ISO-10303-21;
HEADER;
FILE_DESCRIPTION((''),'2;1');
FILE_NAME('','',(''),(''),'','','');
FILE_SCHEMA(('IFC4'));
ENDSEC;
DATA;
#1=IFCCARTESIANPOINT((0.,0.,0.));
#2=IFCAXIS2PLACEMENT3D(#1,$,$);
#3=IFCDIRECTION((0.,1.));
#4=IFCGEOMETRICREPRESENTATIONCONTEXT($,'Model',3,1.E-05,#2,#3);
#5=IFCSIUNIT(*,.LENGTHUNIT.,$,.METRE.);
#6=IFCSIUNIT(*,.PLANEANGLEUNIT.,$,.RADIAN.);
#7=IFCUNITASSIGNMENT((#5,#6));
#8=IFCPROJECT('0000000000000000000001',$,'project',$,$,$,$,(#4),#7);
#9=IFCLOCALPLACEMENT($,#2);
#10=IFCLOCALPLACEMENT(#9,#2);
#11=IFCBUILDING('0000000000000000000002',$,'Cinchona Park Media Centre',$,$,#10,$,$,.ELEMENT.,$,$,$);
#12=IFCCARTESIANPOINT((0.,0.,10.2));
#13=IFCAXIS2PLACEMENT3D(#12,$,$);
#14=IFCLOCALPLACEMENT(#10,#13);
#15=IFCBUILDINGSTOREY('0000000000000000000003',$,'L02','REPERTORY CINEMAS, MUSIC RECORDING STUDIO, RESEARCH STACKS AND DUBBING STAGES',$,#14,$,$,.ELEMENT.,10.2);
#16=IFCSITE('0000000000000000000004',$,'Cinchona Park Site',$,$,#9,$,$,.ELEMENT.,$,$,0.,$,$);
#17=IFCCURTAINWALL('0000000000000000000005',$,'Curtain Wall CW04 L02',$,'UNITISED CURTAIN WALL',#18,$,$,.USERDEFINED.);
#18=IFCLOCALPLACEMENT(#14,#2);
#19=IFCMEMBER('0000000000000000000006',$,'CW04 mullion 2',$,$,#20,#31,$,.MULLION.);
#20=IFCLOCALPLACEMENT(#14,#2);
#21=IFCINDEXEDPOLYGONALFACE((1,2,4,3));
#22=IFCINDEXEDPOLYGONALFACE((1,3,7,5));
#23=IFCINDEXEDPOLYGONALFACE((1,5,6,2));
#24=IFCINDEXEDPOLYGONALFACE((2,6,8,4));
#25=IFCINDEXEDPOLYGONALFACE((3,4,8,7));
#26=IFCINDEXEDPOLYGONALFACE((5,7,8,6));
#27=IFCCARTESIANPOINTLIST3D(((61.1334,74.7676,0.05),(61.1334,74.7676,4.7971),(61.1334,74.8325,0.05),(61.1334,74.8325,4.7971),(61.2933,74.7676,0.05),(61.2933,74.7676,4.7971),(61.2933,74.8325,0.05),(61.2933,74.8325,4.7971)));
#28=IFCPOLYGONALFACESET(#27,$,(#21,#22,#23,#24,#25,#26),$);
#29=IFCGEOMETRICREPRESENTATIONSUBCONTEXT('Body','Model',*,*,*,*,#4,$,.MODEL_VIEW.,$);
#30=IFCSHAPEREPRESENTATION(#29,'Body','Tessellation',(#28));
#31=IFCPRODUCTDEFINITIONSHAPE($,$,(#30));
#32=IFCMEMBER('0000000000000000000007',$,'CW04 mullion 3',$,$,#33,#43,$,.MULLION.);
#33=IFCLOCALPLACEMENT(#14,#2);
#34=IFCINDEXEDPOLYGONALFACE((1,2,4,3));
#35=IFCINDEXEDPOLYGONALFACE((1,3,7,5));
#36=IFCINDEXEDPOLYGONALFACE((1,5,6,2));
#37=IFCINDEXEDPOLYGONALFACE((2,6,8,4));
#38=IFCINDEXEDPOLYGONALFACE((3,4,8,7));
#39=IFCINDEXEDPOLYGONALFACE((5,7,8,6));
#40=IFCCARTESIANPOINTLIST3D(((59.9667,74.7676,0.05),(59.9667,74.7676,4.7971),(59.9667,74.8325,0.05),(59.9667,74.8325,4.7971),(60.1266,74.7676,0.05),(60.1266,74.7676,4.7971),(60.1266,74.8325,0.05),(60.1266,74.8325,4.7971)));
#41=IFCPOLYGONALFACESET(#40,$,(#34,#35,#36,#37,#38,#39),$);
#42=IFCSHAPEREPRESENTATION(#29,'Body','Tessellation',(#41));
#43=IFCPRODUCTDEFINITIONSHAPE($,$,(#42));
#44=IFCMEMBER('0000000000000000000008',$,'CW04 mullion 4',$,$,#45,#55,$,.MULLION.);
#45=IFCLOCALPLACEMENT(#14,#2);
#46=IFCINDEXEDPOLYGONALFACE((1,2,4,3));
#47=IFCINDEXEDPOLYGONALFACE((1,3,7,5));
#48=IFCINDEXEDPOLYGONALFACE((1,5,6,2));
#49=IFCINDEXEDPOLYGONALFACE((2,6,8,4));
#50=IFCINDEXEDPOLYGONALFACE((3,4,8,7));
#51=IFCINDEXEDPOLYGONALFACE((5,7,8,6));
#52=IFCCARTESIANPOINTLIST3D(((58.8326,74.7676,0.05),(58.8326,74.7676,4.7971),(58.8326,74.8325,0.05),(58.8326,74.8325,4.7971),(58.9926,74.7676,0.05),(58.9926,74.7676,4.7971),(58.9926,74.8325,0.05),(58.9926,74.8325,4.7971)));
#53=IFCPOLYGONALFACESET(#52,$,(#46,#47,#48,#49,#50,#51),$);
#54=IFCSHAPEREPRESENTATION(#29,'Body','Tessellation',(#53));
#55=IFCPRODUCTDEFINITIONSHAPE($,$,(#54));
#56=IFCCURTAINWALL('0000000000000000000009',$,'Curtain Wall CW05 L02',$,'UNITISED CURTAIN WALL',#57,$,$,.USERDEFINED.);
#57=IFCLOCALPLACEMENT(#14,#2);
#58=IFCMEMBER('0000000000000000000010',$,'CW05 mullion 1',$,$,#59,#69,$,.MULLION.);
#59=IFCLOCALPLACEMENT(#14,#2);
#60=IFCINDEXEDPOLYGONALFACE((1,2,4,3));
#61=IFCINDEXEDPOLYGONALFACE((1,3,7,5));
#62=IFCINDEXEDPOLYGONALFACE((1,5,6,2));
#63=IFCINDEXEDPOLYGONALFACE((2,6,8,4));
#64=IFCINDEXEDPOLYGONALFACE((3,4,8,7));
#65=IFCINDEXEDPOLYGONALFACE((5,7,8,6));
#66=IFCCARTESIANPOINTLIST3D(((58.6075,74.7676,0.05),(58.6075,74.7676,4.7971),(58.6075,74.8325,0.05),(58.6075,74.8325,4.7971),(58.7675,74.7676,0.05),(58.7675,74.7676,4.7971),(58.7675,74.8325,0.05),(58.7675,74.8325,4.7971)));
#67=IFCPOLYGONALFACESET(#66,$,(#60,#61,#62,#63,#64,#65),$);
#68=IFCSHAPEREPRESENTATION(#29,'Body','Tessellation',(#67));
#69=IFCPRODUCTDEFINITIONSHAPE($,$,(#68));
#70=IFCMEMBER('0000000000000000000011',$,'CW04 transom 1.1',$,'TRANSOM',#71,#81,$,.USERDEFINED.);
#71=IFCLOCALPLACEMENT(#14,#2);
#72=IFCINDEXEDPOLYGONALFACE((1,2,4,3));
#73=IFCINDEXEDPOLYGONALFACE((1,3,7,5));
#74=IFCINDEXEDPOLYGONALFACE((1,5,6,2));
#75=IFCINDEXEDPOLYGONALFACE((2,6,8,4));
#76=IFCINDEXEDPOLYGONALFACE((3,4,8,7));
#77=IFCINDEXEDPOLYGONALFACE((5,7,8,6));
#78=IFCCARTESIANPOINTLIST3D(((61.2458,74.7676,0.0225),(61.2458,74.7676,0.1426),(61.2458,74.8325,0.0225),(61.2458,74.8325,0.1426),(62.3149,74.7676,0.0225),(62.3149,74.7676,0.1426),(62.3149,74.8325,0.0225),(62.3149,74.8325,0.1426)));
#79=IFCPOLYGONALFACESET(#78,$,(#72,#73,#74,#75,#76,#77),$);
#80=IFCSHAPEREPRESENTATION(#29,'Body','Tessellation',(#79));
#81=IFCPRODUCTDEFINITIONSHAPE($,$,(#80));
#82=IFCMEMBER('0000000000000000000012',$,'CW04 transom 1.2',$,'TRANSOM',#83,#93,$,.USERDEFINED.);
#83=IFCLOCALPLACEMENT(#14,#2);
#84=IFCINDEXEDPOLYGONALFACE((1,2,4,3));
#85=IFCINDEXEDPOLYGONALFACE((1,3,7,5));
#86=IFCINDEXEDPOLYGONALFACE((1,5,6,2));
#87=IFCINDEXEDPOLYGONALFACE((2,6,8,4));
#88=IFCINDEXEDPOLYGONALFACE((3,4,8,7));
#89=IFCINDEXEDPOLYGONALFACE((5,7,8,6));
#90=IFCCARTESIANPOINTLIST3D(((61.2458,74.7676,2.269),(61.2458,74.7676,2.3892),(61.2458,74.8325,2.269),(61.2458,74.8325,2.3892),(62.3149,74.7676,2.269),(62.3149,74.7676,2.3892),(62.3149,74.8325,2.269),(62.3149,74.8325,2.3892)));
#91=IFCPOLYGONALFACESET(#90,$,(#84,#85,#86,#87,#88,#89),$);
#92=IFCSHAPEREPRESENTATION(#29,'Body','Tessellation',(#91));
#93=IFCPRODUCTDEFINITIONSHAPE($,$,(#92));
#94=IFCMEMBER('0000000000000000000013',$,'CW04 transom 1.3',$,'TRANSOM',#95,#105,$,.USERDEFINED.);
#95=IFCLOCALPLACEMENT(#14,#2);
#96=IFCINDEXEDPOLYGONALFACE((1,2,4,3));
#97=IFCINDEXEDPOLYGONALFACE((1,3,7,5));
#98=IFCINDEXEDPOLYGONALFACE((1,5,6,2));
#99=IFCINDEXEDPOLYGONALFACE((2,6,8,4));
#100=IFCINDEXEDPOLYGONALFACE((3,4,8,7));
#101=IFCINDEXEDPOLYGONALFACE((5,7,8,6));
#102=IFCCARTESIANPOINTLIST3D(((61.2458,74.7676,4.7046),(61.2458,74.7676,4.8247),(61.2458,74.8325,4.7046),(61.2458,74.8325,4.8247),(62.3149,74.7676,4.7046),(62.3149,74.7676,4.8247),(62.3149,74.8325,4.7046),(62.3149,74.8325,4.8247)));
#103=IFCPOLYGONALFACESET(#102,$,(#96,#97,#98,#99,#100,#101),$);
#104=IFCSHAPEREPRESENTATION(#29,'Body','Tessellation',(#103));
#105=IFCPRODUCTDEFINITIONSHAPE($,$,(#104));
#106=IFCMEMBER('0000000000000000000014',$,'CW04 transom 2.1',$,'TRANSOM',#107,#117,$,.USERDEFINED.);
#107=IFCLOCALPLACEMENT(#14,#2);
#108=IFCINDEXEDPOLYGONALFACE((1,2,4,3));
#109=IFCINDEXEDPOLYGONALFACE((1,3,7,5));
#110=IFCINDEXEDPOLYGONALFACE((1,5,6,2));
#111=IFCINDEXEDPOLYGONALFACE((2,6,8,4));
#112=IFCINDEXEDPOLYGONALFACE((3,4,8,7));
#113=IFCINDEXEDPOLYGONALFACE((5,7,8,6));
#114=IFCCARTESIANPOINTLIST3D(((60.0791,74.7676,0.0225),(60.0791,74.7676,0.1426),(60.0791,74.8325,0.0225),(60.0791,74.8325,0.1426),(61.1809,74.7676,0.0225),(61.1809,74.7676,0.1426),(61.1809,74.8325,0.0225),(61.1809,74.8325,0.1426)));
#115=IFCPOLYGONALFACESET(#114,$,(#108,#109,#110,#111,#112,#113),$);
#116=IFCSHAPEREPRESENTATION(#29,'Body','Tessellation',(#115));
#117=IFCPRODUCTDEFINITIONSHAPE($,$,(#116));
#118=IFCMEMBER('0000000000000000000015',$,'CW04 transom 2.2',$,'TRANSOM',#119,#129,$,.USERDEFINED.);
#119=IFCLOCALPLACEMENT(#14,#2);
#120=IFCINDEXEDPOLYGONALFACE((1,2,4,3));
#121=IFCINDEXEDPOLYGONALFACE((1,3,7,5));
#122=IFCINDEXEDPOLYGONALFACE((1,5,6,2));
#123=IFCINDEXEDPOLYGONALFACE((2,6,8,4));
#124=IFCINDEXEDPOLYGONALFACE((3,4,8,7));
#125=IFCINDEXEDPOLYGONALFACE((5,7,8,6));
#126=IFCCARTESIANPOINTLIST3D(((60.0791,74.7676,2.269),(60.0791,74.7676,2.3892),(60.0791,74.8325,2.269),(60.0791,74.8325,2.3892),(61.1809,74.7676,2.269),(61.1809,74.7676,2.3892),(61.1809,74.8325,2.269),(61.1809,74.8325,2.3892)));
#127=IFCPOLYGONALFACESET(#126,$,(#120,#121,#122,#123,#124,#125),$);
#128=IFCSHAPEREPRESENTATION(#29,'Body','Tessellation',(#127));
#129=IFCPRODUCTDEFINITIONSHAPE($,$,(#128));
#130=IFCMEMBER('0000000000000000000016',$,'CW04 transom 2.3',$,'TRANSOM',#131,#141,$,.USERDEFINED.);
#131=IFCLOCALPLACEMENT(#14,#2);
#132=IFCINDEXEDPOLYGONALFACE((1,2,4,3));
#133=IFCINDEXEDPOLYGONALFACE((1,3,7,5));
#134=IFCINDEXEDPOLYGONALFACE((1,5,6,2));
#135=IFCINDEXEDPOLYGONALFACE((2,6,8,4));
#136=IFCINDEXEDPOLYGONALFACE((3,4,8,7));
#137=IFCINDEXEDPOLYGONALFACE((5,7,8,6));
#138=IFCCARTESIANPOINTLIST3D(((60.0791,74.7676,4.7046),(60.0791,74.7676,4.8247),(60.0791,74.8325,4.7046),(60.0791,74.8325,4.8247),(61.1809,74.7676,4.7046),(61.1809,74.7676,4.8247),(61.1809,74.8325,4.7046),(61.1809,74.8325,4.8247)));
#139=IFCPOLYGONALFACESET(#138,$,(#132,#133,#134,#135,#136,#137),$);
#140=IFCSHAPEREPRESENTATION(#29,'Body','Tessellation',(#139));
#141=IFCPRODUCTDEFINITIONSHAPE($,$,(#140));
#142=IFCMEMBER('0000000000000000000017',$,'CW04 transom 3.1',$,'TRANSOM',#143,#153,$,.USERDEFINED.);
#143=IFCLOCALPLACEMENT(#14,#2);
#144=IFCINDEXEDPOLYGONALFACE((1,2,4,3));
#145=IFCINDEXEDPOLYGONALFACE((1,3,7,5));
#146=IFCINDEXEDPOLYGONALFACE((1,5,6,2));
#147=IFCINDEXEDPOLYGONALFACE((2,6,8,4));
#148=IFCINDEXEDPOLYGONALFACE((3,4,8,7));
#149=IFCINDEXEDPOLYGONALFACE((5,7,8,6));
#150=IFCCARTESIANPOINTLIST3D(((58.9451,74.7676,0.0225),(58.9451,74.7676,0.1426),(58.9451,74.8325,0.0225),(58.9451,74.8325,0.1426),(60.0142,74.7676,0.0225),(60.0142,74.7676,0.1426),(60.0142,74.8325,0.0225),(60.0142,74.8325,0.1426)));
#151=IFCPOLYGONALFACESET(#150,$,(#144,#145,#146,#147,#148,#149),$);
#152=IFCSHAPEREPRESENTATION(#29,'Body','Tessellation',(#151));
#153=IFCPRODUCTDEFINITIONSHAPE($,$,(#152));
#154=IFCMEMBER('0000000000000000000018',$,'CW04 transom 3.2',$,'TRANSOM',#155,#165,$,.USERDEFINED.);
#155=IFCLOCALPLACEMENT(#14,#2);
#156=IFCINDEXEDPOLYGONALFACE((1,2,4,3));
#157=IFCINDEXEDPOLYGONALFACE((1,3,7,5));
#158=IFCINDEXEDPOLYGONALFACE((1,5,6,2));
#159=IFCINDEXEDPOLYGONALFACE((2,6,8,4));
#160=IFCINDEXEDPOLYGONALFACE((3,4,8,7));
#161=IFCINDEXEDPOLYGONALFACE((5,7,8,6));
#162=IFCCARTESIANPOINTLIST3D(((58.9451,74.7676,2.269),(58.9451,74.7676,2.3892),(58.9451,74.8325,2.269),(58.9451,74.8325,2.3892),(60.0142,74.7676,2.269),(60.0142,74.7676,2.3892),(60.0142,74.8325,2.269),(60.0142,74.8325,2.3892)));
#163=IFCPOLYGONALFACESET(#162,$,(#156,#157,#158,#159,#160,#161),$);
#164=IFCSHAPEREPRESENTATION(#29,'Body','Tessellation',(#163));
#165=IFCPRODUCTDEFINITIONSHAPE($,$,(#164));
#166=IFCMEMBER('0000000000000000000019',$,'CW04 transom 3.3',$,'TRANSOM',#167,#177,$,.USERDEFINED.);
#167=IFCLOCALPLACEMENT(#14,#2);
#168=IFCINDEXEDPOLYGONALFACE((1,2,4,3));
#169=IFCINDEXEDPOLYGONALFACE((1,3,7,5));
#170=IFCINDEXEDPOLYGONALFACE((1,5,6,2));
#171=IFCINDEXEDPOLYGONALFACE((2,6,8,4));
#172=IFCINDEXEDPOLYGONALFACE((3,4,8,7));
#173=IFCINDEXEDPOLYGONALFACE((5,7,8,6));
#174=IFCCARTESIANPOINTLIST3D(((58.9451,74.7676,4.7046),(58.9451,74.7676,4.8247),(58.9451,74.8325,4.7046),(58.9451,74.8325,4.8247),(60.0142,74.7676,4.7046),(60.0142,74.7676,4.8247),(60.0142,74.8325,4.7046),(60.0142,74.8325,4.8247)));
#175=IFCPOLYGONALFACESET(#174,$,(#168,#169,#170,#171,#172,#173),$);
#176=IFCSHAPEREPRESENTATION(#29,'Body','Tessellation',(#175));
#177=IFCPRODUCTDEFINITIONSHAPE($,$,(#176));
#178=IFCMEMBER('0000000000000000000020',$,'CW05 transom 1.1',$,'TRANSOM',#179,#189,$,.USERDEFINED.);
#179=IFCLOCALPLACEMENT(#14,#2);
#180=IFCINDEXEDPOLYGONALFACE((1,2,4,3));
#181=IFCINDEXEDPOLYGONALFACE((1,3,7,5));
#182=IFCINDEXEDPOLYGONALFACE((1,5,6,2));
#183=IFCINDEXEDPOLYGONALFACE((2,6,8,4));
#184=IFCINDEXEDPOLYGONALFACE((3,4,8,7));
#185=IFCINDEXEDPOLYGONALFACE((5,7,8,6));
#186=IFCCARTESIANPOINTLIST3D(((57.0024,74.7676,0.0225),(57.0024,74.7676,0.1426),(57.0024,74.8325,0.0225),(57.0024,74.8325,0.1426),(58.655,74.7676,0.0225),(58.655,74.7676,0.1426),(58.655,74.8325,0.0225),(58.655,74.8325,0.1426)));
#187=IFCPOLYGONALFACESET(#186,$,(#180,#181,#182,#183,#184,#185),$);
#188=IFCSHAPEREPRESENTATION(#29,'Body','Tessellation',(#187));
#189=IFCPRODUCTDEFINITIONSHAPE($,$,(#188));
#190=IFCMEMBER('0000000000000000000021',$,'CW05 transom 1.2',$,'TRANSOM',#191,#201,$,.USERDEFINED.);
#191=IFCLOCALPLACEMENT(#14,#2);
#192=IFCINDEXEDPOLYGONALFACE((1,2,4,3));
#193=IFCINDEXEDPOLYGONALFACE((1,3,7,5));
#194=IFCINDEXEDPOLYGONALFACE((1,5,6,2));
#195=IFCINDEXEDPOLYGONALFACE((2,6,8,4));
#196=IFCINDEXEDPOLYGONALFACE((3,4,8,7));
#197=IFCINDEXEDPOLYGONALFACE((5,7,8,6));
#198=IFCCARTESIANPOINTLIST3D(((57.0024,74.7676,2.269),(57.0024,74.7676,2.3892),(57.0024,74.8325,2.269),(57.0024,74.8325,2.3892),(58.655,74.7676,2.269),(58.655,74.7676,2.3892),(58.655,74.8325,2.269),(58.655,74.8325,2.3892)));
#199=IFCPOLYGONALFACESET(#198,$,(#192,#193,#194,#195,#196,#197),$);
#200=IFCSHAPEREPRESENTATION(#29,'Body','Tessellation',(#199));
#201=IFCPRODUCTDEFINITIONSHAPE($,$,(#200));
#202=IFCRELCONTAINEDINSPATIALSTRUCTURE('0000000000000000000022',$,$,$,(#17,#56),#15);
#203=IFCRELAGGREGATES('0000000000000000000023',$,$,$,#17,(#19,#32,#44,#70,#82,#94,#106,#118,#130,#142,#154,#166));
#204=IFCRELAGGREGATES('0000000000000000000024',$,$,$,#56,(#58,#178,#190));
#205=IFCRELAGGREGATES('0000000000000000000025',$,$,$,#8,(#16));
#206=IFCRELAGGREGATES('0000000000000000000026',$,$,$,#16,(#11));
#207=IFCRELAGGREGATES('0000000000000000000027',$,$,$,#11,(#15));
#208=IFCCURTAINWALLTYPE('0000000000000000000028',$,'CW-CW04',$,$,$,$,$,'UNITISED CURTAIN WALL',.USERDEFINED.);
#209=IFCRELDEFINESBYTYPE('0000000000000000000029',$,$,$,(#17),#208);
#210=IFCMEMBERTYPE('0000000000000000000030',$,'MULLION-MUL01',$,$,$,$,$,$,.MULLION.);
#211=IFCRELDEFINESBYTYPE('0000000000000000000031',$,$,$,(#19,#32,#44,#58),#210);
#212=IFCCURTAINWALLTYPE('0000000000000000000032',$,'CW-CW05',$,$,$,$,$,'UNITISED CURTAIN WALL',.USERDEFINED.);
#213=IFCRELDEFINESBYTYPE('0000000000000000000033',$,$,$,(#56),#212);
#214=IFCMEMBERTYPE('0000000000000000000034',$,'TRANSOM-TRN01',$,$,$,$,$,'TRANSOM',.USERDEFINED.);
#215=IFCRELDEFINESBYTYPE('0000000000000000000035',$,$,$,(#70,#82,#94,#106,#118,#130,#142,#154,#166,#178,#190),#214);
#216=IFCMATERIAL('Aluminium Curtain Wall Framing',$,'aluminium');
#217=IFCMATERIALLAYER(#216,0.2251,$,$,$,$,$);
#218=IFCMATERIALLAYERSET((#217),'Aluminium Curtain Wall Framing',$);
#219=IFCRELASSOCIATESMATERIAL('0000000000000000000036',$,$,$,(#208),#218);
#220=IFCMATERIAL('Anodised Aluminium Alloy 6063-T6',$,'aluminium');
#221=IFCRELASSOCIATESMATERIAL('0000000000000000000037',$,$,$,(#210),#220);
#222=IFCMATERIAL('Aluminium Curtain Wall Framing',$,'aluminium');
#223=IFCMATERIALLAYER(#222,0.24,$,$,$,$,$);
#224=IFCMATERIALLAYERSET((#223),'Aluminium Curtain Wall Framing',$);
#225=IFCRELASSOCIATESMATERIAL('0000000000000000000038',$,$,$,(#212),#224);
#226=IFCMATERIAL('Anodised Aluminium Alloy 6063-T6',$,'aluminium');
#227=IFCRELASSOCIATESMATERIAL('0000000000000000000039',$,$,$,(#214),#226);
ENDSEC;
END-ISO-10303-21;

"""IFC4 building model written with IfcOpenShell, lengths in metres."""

from ifc_helpers import new_model, si_unit, direction, frame, origin, origin_2d, place, context, subcontext, project, spatial, rectangle, extrude, material, layer, layer_set, material_profile, profile_set, type_object, element, aggregate, save


model = new_model("IFC4")

# Units and contexts
model_context = context("Model", 3, precision=1e-05, world=origin(), true_north=direction((0.0, 1.0)))
body_context = subcontext(model_context, "Body", "Model", "MODEL_VIEW")
ifc_project = project(units=[si_unit("LENGTHUNIT", "METRE"), si_unit("PLANEANGLEUNIT", "RADIAN")], contexts=[model_context])

# Site, building, storey
site_placement = place(None, origin())
site = spatial("IfcSite", under=ifc_project, at=site_placement, Name="Cinchona Park Site", CompositionType="ELEMENT", RefElevation=0.0)
building_placement = place(site_placement, origin())
building = spatial("IfcBuilding", under=site, at=building_placement, Name="Cinchona Park Media Centre", CompositionType="ELEMENT")
storey_placement = place(building_placement, frame((0.0, 0.0, 10.2)))
storey = spatial("IfcBuildingStorey", under=building, at=storey_placement, Name="L02", Description="REPERTORY CINEMAS, MUSIC RECORDING STUDIO, RESEARCH STACKS AND DUBBING STAGES", CompositionType="ELEMENT", Elevation=10.2)

# Curtain wall, members
ifc_material_1 = material(Name="Aluminium Curtain Wall Framing", Category="aluminium")
ifc_layer_1 = layer(ifc_material_1, 0.2251)
ifc_layer_set_1 = layer_set([ifc_layer_1], Name="Aluminium Curtain Wall Framing")
curtain_wall_type_1 = type_object("IfcCurtainWallType", Name="CW-CW04", ElementType="UNITISED CURTAIN WALL", PredefinedType="USERDEFINED", material=ifc_layer_set_1)
curtain_wall_1_placement = place(storey_placement, origin())
curtain_wall_1 = element("IfcCurtainWall", 1, at=curtain_wall_1_placement, inside=storey, type_object=curtain_wall_type_1, Name="Curtain Wall CW04 L02", ObjectType="UNITISED CURTAIN WALL", PredefinedType="USERDEFINED")
ifc_material_2 = material(Name="Anodised Aluminium Alloy 6063-T6", Category="aluminium")
ifc_material_profile_1 = material_profile(ifc_material_2, rectangle(XDim=0.0649, YDim=0.1599, at=origin_2d()), Name="MUL-65X160")
ifc_profile_set_1 = profile_set([ifc_material_profile_1], Name="Anodised Aluminium Alloy 6063-T6")
member_type_1 = type_object("IfcMemberType", Name="MULLION-MUL01", PredefinedType="MULLION", material=ifc_profile_set_1)
member_1_placement = place(storey_placement, frame((61.2134, 74.8, 0.05), z_axis=(0.0, 0.0, 1.0), x_axis=(0.0, -1.0, 0.0)))
member_1 = element("IfcMember", 2, at=member_1_placement, type_object=member_type_1, Name="CW04 mullion 2", PredefinedType="MULLION", context=body_context, shape_type="SweptSolid", body=[
    extrude(rectangle(XDim=0.0649, YDim=0.1599, at=origin_2d()), origin(), (0.0, 0.0, 1.0), 4.7471),
])
member_2_placement = place(storey_placement, frame((60.0466, 74.8, 0.05), z_axis=(0.0, 0.0, 1.0), x_axis=(0.0, -1.0, 0.0)))
member_2 = element("IfcMember", 3, at=member_2_placement, type_object=member_type_1, Name="CW04 mullion 3", PredefinedType="MULLION", context=body_context, shape_type="SweptSolid", body=[
    extrude(rectangle(XDim=0.0649, YDim=0.1599, at=origin_2d()), origin(), (0.0, 0.0, 1.0), 4.7471),
])
member_3_placement = place(storey_placement, frame((58.9126, 74.8, 0.05), z_axis=(0.0, 0.0, 1.0), x_axis=(0.0, -1.0, 0.0)))
member_3 = element("IfcMember", 4, at=member_3_placement, type_object=member_type_1, Name="CW04 mullion 4", PredefinedType="MULLION", context=body_context, shape_type="SweptSolid", body=[
    extrude(rectangle(XDim=0.0649, YDim=0.1599, at=origin_2d()), origin(), (0.0, 0.0, 1.0), 4.7471),
])

# Curtain wall, member
ifc_material_3 = material(Name="Aluminium Curtain Wall Framing", Category="aluminium")
ifc_layer_2 = layer(ifc_material_3, 0.24)
ifc_layer_set_2 = layer_set([ifc_layer_2], Name="Aluminium Curtain Wall Framing")
curtain_wall_type_2 = type_object("IfcCurtainWallType", Name="CW-CW05", ElementType="UNITISED CURTAIN WALL", PredefinedType="USERDEFINED", material=ifc_layer_set_2)
curtain_wall_2_placement = place(storey_placement, origin())
curtain_wall_2 = element("IfcCurtainWall", 5, at=curtain_wall_2_placement, inside=storey, type_object=curtain_wall_type_2, Name="Curtain Wall CW05 L02", ObjectType="UNITISED CURTAIN WALL", PredefinedType="USERDEFINED")
member_4_placement = place(storey_placement, frame((58.6875, 74.8, 0.05), z_axis=(0.0, 0.0, 1.0), x_axis=(0.0, -1.0, 0.0)))
member_4 = element("IfcMember", 6, at=member_4_placement, type_object=member_type_1, Name="CW05 mullion 1", PredefinedType="MULLION", context=body_context, shape_type="SweptSolid", body=[
    extrude(rectangle(XDim=0.0649, YDim=0.1599, at=origin_2d()), origin(), (0.0, 0.0, 1.0), 4.7471),
])

# Members
ifc_material_4 = material(Name="Anodised Aluminium Alloy 6063-T6", Category="aluminium")
ifc_material_profile_2 = material_profile(ifc_material_4, rectangle(XDim=0.0649, YDim=0.1201, at=origin_2d()), Name="TRN-65X120")
ifc_profile_set_2 = profile_set([ifc_material_profile_2], Name="Anodised Aluminium Alloy 6063-T6")
member_type_2 = type_object("IfcMemberType", Name="TRANSOM-TRN01", ElementType="TRANSOM", PredefinedType="USERDEFINED", material=ifc_profile_set_2)
member_5_placement = place(storey_placement, frame((62.3149, 74.8, 0.0825), z_axis=(-1.0, 0.0, 0.0), x_axis=(0.0, -1.0, 0.0)))
member_5 = element("IfcMember", 7, at=member_5_placement, type_object=member_type_2, Name="CW04 transom 1.1", ObjectType="TRANSOM", PredefinedType="USERDEFINED", context=body_context, shape_type="SweptSolid", body=[
    extrude(rectangle(XDim=0.0649, YDim=0.1201, at=origin_2d()), origin(), (0.0, 0.0, 1.0), 1.0691),
])
member_6_placement = place(storey_placement, frame((62.3149, 74.8, 2.3291), z_axis=(-1.0, 0.0, 0.0), x_axis=(0.0, -1.0, 0.0)))
member_6 = element("IfcMember", 8, at=member_6_placement, type_object=member_type_2, Name="CW04 transom 1.2", ObjectType="TRANSOM", PredefinedType="USERDEFINED", context=body_context, shape_type="SweptSolid", body=[
    extrude(rectangle(XDim=0.0649, YDim=0.1201, at=origin_2d()), origin(), (0.0, 0.0, 1.0), 1.0691),
])
member_7_placement = place(storey_placement, frame((62.3149, 74.8, 4.7646), z_axis=(-1.0, 0.0, 0.0), x_axis=(0.0, -1.0, 0.0)))
member_7 = element("IfcMember", 9, at=member_7_placement, type_object=member_type_2, Name="CW04 transom 1.3", ObjectType="TRANSOM", PredefinedType="USERDEFINED", context=body_context, shape_type="SweptSolid", body=[
    extrude(rectangle(XDim=0.0649, YDim=0.1201, at=origin_2d()), origin(), (0.0, 0.0, 1.0), 1.0691),
])
member_8_placement = place(storey_placement, frame((61.1809, 74.8, 0.0825), z_axis=(-1.0, 0.0, 0.0), x_axis=(0.0, -1.0, 0.0)))
member_8 = element("IfcMember", 10, at=member_8_placement, type_object=member_type_2, Name="CW04 transom 2.1", ObjectType="TRANSOM", PredefinedType="USERDEFINED", context=body_context, shape_type="SweptSolid", body=[
    extrude(rectangle(XDim=0.0649, YDim=0.1201, at=origin_2d()), origin(), (0.0, 0.0, 1.0), 1.1018),
])
member_9_placement = place(storey_placement, frame((61.1809, 74.8, 2.3291), z_axis=(-1.0, 0.0, 0.0), x_axis=(0.0, -1.0, 0.0)))
member_9 = element("IfcMember", 11, at=member_9_placement, type_object=member_type_2, Name="CW04 transom 2.2", ObjectType="TRANSOM", PredefinedType="USERDEFINED", context=body_context, shape_type="SweptSolid", body=[
    extrude(rectangle(XDim=0.0649, YDim=0.1201, at=origin_2d()), origin(), (0.0, 0.0, 1.0), 1.1018),
])
member_10_placement = place(storey_placement, frame((61.1809, 74.8, 4.7646), z_axis=(-1.0, 0.0, 0.0), x_axis=(0.0, -1.0, 0.0)))
member_10 = element("IfcMember", 12, at=member_10_placement, type_object=member_type_2, Name="CW04 transom 2.3", ObjectType="TRANSOM", PredefinedType="USERDEFINED", context=body_context, shape_type="SweptSolid", body=[
    extrude(rectangle(XDim=0.0649, YDim=0.1201, at=origin_2d()), origin(), (0.0, 0.0, 1.0), 1.1018),
])
member_11_placement = place(storey_placement, frame((60.0142, 74.8, 0.0825), z_axis=(-1.0, 0.0, 0.0), x_axis=(0.0, -1.0, 0.0)))
member_11 = element("IfcMember", 13, at=member_11_placement, type_object=member_type_2, Name="CW04 transom 3.1", ObjectType="TRANSOM", PredefinedType="USERDEFINED", context=body_context, shape_type="SweptSolid", body=[
    extrude(rectangle(XDim=0.0649, YDim=0.1201, at=origin_2d()), origin(), (0.0, 0.0, 1.0), 1.0691),
])
member_12_placement = place(storey_placement, frame((60.0142, 74.8, 2.3291), z_axis=(-1.0, 0.0, 0.0), x_axis=(0.0, -1.0, 0.0)))
member_12 = element("IfcMember", 14, at=member_12_placement, type_object=member_type_2, Name="CW04 transom 3.2", ObjectType="TRANSOM", PredefinedType="USERDEFINED", context=body_context, shape_type="SweptSolid", body=[
    extrude(rectangle(XDim=0.0649, YDim=0.1201, at=origin_2d()), origin(), (0.0, 0.0, 1.0), 1.0691),
])
member_13_placement = place(storey_placement, frame((60.0142, 74.8, 4.7646), z_axis=(-1.0, 0.0, 0.0), x_axis=(0.0, -1.0, 0.0)))
member_13 = element("IfcMember", 15, at=member_13_placement, type_object=member_type_2, Name="CW04 transom 3.3", ObjectType="TRANSOM", PredefinedType="USERDEFINED", context=body_context, shape_type="SweptSolid", body=[
    extrude(rectangle(XDim=0.0649, YDim=0.1201, at=origin_2d()), origin(), (0.0, 0.0, 1.0), 1.0691),
])
member_14_placement = place(storey_placement, frame((58.655, 74.8, 0.0825), z_axis=(-1.0, 0.0, 0.0), x_axis=(0.0, -1.0, 0.0)))
member_14 = element("IfcMember", 16, at=member_14_placement, type_object=member_type_2, Name="CW05 transom 1.1", ObjectType="TRANSOM", PredefinedType="USERDEFINED", context=body_context, shape_type="SweptSolid", body=[
    extrude(rectangle(XDim=0.0649, YDim=0.1201, at=origin_2d()), origin(), (0.0, 0.0, 1.0), 1.6526),
])
member_15_placement = place(storey_placement, frame((58.655, 74.8, 2.3291), z_axis=(-1.0, 0.0, 0.0), x_axis=(0.0, -1.0, 0.0)))
member_15 = element("IfcMember", 17, at=member_15_placement, type_object=member_type_2, Name="CW05 transom 1.2", ObjectType="TRANSOM", PredefinedType="USERDEFINED", context=body_context, shape_type="SweptSolid", body=[
    extrude(rectangle(XDim=0.0649, YDim=0.1201, at=origin_2d()), origin(), (0.0, 0.0, 1.0), 1.6526),
])

aggregate(curtain_wall_1, [member_1, member_2, member_3, member_5, member_6, member_7, member_8, member_9, member_10, member_11, member_12, member_13])
aggregate(curtain_wall_2, [member_4, member_14, member_15])

save(model, "model.ifc")
